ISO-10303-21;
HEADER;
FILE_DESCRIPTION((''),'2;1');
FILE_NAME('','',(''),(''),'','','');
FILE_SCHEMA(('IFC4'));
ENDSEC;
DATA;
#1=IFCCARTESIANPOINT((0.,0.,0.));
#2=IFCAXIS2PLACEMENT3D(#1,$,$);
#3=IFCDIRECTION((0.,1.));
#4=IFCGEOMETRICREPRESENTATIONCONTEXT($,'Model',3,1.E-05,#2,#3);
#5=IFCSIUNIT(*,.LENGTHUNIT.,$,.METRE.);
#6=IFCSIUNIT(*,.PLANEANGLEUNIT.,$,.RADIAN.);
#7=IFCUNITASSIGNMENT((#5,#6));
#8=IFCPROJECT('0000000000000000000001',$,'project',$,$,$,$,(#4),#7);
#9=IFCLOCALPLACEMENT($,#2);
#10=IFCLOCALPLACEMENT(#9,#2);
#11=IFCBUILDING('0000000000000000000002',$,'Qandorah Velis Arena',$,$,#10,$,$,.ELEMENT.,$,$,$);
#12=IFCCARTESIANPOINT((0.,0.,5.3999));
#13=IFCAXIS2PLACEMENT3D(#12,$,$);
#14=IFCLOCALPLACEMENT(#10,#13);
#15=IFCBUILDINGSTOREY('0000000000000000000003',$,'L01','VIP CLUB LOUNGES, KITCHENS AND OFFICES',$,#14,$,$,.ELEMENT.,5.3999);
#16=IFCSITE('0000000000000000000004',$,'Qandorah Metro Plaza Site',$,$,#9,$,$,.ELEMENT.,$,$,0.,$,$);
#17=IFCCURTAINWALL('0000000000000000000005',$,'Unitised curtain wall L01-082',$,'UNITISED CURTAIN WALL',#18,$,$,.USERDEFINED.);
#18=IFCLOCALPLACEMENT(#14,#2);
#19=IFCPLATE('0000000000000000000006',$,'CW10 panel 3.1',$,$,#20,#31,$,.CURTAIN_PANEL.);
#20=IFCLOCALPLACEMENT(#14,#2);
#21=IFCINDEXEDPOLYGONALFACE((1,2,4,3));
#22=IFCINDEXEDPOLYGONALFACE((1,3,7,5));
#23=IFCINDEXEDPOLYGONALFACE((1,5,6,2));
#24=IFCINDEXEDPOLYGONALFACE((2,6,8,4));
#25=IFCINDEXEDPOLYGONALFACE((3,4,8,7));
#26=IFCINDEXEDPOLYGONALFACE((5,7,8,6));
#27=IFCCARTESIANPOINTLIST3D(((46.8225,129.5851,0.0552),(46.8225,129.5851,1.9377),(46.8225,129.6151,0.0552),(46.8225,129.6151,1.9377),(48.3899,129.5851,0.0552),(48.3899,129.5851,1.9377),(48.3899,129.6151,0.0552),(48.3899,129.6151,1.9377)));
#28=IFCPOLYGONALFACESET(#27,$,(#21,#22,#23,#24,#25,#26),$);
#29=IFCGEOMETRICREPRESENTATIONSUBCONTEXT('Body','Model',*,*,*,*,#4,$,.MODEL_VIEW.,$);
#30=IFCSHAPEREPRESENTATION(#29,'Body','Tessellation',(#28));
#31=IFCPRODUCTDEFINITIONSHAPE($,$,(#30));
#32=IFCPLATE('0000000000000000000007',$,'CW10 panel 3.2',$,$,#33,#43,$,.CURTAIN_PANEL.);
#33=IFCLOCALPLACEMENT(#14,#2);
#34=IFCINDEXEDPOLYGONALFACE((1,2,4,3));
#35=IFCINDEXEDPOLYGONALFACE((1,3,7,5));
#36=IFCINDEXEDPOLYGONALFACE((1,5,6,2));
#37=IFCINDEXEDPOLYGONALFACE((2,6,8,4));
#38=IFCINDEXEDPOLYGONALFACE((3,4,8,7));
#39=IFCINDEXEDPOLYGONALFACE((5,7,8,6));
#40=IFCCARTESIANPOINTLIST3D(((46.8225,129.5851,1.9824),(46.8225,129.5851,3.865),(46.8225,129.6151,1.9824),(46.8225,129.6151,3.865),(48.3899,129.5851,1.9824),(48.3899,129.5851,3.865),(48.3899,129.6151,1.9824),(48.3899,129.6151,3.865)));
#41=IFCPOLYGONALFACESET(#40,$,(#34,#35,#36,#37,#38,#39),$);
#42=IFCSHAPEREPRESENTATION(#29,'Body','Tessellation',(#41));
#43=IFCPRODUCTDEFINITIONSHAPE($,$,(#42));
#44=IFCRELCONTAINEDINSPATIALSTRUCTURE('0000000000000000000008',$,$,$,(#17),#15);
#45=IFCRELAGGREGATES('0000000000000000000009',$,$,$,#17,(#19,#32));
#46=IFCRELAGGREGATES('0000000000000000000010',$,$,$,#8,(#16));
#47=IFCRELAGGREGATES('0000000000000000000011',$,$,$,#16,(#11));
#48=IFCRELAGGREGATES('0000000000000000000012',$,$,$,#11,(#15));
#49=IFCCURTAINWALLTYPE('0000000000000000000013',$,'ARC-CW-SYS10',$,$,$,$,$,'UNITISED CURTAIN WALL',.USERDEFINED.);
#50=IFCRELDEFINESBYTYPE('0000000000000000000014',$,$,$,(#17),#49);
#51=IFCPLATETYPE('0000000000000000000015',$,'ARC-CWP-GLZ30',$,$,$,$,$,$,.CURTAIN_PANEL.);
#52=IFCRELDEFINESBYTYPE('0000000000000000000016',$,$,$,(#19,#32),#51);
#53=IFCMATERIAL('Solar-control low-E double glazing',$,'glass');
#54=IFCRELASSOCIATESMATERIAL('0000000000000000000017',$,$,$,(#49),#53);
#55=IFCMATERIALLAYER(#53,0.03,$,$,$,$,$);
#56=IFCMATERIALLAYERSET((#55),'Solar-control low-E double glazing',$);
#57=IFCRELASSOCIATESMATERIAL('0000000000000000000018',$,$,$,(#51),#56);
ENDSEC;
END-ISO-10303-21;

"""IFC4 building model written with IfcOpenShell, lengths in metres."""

from ifc_helpers import new_model, si_unit, direction, frame, origin, origin_2d, place, context, subcontext, project, spatial, rectangle, extrude, material, layer, layer_set, type_object, element, aggregate, save


model = new_model("IFC4")

# Units and contexts
model_context = context("Model", 3, precision=1e-05, world=origin(), true_north=direction((0.0, 1.0)))
body_context = subcontext(model_context, "Body", "Model", "MODEL_VIEW")
ifc_project = project(units=[si_unit("LENGTHUNIT", "METRE"), si_unit("PLANEANGLEUNIT", "RADIAN")], contexts=[model_context])

# Site, building, storey
site_placement = place(None, origin())
site = spatial("IfcSite", under=ifc_project, at=site_placement, Name="Qandorah Metro Plaza Site", CompositionType="ELEMENT", RefElevation=0.0)
building_placement = place(site_placement, origin())
building = spatial("IfcBuilding", under=site, at=building_placement, Name="Qandorah Velis Arena", CompositionType="ELEMENT")
storey_placement = place(building_placement, frame((0.0, 0.0, 5.3999)))
storey = spatial("IfcBuildingStorey", under=building, at=storey_placement, Name="L01", Description="VIP CLUB LOUNGES, KITCHENS AND OFFICES", CompositionType="ELEMENT", Elevation=5.3999)

# Curtain wall
ifc_material_1 = material(Name="Solar-control low-E double glazing", Category="glass")
curtain_wall_type = type_object("IfcCurtainWallType", Name="ARC-CW-SYS10", ElementType="UNITISED CURTAIN WALL", PredefinedType="USERDEFINED", material=ifc_material_1)
curtain_wall_placement = place(storey_placement, origin())
curtain_wall = element("IfcCurtainWall", 1, at=curtain_wall_placement, inside=storey, type_object=curtain_wall_type, Name="Unitised curtain wall L01-082", ObjectType="UNITISED CURTAIN WALL", PredefinedType="USERDEFINED")

# Plates
ifc_layer = layer(ifc_material_1, 0.03)
ifc_layer_set = layer_set([ifc_layer], Name="Solar-control low-E double glazing")
plate_type = type_object("IfcPlateType", Name="ARC-CWP-GLZ30", PredefinedType="CURTAIN_PANEL", material=ifc_layer_set)
plate_1_placement = place(storey_placement, frame((47.6062, 129.6001, 0.0552), z_axis=(0.0, 0.0, 1.0), x_axis=(1.0, 0.0, 0.0)))
plate_1 = element("IfcPlate", 2, at=plate_1_placement, type_object=plate_type, Name="CW10 panel 3.1", PredefinedType="CURTAIN_PANEL", context=body_context, shape_type="SweptSolid", body=[
    extrude(rectangle(XDim=1.5674, YDim=0.03, at=origin_2d()), origin(), (0.0, 0.0, 1.0), 1.8826),
])
plate_2_placement = place(storey_placement, frame((47.6062, 129.6001, 1.9824), z_axis=(0.0, 0.0, 1.0), x_axis=(1.0, 0.0, 0.0)))
plate_2 = element("IfcPlate", 3, at=plate_2_placement, type_object=plate_type, Name="CW10 panel 3.2", PredefinedType="CURTAIN_PANEL", context=body_context, shape_type="SweptSolid", body=[
    extrude(rectangle(XDim=1.5674, YDim=0.03, at=origin_2d()), origin(), (0.0, 0.0, 1.0), 1.8826),
])
aggregate(curtain_wall, [plate_1, plate_2])

save(model, "model.ifc")
